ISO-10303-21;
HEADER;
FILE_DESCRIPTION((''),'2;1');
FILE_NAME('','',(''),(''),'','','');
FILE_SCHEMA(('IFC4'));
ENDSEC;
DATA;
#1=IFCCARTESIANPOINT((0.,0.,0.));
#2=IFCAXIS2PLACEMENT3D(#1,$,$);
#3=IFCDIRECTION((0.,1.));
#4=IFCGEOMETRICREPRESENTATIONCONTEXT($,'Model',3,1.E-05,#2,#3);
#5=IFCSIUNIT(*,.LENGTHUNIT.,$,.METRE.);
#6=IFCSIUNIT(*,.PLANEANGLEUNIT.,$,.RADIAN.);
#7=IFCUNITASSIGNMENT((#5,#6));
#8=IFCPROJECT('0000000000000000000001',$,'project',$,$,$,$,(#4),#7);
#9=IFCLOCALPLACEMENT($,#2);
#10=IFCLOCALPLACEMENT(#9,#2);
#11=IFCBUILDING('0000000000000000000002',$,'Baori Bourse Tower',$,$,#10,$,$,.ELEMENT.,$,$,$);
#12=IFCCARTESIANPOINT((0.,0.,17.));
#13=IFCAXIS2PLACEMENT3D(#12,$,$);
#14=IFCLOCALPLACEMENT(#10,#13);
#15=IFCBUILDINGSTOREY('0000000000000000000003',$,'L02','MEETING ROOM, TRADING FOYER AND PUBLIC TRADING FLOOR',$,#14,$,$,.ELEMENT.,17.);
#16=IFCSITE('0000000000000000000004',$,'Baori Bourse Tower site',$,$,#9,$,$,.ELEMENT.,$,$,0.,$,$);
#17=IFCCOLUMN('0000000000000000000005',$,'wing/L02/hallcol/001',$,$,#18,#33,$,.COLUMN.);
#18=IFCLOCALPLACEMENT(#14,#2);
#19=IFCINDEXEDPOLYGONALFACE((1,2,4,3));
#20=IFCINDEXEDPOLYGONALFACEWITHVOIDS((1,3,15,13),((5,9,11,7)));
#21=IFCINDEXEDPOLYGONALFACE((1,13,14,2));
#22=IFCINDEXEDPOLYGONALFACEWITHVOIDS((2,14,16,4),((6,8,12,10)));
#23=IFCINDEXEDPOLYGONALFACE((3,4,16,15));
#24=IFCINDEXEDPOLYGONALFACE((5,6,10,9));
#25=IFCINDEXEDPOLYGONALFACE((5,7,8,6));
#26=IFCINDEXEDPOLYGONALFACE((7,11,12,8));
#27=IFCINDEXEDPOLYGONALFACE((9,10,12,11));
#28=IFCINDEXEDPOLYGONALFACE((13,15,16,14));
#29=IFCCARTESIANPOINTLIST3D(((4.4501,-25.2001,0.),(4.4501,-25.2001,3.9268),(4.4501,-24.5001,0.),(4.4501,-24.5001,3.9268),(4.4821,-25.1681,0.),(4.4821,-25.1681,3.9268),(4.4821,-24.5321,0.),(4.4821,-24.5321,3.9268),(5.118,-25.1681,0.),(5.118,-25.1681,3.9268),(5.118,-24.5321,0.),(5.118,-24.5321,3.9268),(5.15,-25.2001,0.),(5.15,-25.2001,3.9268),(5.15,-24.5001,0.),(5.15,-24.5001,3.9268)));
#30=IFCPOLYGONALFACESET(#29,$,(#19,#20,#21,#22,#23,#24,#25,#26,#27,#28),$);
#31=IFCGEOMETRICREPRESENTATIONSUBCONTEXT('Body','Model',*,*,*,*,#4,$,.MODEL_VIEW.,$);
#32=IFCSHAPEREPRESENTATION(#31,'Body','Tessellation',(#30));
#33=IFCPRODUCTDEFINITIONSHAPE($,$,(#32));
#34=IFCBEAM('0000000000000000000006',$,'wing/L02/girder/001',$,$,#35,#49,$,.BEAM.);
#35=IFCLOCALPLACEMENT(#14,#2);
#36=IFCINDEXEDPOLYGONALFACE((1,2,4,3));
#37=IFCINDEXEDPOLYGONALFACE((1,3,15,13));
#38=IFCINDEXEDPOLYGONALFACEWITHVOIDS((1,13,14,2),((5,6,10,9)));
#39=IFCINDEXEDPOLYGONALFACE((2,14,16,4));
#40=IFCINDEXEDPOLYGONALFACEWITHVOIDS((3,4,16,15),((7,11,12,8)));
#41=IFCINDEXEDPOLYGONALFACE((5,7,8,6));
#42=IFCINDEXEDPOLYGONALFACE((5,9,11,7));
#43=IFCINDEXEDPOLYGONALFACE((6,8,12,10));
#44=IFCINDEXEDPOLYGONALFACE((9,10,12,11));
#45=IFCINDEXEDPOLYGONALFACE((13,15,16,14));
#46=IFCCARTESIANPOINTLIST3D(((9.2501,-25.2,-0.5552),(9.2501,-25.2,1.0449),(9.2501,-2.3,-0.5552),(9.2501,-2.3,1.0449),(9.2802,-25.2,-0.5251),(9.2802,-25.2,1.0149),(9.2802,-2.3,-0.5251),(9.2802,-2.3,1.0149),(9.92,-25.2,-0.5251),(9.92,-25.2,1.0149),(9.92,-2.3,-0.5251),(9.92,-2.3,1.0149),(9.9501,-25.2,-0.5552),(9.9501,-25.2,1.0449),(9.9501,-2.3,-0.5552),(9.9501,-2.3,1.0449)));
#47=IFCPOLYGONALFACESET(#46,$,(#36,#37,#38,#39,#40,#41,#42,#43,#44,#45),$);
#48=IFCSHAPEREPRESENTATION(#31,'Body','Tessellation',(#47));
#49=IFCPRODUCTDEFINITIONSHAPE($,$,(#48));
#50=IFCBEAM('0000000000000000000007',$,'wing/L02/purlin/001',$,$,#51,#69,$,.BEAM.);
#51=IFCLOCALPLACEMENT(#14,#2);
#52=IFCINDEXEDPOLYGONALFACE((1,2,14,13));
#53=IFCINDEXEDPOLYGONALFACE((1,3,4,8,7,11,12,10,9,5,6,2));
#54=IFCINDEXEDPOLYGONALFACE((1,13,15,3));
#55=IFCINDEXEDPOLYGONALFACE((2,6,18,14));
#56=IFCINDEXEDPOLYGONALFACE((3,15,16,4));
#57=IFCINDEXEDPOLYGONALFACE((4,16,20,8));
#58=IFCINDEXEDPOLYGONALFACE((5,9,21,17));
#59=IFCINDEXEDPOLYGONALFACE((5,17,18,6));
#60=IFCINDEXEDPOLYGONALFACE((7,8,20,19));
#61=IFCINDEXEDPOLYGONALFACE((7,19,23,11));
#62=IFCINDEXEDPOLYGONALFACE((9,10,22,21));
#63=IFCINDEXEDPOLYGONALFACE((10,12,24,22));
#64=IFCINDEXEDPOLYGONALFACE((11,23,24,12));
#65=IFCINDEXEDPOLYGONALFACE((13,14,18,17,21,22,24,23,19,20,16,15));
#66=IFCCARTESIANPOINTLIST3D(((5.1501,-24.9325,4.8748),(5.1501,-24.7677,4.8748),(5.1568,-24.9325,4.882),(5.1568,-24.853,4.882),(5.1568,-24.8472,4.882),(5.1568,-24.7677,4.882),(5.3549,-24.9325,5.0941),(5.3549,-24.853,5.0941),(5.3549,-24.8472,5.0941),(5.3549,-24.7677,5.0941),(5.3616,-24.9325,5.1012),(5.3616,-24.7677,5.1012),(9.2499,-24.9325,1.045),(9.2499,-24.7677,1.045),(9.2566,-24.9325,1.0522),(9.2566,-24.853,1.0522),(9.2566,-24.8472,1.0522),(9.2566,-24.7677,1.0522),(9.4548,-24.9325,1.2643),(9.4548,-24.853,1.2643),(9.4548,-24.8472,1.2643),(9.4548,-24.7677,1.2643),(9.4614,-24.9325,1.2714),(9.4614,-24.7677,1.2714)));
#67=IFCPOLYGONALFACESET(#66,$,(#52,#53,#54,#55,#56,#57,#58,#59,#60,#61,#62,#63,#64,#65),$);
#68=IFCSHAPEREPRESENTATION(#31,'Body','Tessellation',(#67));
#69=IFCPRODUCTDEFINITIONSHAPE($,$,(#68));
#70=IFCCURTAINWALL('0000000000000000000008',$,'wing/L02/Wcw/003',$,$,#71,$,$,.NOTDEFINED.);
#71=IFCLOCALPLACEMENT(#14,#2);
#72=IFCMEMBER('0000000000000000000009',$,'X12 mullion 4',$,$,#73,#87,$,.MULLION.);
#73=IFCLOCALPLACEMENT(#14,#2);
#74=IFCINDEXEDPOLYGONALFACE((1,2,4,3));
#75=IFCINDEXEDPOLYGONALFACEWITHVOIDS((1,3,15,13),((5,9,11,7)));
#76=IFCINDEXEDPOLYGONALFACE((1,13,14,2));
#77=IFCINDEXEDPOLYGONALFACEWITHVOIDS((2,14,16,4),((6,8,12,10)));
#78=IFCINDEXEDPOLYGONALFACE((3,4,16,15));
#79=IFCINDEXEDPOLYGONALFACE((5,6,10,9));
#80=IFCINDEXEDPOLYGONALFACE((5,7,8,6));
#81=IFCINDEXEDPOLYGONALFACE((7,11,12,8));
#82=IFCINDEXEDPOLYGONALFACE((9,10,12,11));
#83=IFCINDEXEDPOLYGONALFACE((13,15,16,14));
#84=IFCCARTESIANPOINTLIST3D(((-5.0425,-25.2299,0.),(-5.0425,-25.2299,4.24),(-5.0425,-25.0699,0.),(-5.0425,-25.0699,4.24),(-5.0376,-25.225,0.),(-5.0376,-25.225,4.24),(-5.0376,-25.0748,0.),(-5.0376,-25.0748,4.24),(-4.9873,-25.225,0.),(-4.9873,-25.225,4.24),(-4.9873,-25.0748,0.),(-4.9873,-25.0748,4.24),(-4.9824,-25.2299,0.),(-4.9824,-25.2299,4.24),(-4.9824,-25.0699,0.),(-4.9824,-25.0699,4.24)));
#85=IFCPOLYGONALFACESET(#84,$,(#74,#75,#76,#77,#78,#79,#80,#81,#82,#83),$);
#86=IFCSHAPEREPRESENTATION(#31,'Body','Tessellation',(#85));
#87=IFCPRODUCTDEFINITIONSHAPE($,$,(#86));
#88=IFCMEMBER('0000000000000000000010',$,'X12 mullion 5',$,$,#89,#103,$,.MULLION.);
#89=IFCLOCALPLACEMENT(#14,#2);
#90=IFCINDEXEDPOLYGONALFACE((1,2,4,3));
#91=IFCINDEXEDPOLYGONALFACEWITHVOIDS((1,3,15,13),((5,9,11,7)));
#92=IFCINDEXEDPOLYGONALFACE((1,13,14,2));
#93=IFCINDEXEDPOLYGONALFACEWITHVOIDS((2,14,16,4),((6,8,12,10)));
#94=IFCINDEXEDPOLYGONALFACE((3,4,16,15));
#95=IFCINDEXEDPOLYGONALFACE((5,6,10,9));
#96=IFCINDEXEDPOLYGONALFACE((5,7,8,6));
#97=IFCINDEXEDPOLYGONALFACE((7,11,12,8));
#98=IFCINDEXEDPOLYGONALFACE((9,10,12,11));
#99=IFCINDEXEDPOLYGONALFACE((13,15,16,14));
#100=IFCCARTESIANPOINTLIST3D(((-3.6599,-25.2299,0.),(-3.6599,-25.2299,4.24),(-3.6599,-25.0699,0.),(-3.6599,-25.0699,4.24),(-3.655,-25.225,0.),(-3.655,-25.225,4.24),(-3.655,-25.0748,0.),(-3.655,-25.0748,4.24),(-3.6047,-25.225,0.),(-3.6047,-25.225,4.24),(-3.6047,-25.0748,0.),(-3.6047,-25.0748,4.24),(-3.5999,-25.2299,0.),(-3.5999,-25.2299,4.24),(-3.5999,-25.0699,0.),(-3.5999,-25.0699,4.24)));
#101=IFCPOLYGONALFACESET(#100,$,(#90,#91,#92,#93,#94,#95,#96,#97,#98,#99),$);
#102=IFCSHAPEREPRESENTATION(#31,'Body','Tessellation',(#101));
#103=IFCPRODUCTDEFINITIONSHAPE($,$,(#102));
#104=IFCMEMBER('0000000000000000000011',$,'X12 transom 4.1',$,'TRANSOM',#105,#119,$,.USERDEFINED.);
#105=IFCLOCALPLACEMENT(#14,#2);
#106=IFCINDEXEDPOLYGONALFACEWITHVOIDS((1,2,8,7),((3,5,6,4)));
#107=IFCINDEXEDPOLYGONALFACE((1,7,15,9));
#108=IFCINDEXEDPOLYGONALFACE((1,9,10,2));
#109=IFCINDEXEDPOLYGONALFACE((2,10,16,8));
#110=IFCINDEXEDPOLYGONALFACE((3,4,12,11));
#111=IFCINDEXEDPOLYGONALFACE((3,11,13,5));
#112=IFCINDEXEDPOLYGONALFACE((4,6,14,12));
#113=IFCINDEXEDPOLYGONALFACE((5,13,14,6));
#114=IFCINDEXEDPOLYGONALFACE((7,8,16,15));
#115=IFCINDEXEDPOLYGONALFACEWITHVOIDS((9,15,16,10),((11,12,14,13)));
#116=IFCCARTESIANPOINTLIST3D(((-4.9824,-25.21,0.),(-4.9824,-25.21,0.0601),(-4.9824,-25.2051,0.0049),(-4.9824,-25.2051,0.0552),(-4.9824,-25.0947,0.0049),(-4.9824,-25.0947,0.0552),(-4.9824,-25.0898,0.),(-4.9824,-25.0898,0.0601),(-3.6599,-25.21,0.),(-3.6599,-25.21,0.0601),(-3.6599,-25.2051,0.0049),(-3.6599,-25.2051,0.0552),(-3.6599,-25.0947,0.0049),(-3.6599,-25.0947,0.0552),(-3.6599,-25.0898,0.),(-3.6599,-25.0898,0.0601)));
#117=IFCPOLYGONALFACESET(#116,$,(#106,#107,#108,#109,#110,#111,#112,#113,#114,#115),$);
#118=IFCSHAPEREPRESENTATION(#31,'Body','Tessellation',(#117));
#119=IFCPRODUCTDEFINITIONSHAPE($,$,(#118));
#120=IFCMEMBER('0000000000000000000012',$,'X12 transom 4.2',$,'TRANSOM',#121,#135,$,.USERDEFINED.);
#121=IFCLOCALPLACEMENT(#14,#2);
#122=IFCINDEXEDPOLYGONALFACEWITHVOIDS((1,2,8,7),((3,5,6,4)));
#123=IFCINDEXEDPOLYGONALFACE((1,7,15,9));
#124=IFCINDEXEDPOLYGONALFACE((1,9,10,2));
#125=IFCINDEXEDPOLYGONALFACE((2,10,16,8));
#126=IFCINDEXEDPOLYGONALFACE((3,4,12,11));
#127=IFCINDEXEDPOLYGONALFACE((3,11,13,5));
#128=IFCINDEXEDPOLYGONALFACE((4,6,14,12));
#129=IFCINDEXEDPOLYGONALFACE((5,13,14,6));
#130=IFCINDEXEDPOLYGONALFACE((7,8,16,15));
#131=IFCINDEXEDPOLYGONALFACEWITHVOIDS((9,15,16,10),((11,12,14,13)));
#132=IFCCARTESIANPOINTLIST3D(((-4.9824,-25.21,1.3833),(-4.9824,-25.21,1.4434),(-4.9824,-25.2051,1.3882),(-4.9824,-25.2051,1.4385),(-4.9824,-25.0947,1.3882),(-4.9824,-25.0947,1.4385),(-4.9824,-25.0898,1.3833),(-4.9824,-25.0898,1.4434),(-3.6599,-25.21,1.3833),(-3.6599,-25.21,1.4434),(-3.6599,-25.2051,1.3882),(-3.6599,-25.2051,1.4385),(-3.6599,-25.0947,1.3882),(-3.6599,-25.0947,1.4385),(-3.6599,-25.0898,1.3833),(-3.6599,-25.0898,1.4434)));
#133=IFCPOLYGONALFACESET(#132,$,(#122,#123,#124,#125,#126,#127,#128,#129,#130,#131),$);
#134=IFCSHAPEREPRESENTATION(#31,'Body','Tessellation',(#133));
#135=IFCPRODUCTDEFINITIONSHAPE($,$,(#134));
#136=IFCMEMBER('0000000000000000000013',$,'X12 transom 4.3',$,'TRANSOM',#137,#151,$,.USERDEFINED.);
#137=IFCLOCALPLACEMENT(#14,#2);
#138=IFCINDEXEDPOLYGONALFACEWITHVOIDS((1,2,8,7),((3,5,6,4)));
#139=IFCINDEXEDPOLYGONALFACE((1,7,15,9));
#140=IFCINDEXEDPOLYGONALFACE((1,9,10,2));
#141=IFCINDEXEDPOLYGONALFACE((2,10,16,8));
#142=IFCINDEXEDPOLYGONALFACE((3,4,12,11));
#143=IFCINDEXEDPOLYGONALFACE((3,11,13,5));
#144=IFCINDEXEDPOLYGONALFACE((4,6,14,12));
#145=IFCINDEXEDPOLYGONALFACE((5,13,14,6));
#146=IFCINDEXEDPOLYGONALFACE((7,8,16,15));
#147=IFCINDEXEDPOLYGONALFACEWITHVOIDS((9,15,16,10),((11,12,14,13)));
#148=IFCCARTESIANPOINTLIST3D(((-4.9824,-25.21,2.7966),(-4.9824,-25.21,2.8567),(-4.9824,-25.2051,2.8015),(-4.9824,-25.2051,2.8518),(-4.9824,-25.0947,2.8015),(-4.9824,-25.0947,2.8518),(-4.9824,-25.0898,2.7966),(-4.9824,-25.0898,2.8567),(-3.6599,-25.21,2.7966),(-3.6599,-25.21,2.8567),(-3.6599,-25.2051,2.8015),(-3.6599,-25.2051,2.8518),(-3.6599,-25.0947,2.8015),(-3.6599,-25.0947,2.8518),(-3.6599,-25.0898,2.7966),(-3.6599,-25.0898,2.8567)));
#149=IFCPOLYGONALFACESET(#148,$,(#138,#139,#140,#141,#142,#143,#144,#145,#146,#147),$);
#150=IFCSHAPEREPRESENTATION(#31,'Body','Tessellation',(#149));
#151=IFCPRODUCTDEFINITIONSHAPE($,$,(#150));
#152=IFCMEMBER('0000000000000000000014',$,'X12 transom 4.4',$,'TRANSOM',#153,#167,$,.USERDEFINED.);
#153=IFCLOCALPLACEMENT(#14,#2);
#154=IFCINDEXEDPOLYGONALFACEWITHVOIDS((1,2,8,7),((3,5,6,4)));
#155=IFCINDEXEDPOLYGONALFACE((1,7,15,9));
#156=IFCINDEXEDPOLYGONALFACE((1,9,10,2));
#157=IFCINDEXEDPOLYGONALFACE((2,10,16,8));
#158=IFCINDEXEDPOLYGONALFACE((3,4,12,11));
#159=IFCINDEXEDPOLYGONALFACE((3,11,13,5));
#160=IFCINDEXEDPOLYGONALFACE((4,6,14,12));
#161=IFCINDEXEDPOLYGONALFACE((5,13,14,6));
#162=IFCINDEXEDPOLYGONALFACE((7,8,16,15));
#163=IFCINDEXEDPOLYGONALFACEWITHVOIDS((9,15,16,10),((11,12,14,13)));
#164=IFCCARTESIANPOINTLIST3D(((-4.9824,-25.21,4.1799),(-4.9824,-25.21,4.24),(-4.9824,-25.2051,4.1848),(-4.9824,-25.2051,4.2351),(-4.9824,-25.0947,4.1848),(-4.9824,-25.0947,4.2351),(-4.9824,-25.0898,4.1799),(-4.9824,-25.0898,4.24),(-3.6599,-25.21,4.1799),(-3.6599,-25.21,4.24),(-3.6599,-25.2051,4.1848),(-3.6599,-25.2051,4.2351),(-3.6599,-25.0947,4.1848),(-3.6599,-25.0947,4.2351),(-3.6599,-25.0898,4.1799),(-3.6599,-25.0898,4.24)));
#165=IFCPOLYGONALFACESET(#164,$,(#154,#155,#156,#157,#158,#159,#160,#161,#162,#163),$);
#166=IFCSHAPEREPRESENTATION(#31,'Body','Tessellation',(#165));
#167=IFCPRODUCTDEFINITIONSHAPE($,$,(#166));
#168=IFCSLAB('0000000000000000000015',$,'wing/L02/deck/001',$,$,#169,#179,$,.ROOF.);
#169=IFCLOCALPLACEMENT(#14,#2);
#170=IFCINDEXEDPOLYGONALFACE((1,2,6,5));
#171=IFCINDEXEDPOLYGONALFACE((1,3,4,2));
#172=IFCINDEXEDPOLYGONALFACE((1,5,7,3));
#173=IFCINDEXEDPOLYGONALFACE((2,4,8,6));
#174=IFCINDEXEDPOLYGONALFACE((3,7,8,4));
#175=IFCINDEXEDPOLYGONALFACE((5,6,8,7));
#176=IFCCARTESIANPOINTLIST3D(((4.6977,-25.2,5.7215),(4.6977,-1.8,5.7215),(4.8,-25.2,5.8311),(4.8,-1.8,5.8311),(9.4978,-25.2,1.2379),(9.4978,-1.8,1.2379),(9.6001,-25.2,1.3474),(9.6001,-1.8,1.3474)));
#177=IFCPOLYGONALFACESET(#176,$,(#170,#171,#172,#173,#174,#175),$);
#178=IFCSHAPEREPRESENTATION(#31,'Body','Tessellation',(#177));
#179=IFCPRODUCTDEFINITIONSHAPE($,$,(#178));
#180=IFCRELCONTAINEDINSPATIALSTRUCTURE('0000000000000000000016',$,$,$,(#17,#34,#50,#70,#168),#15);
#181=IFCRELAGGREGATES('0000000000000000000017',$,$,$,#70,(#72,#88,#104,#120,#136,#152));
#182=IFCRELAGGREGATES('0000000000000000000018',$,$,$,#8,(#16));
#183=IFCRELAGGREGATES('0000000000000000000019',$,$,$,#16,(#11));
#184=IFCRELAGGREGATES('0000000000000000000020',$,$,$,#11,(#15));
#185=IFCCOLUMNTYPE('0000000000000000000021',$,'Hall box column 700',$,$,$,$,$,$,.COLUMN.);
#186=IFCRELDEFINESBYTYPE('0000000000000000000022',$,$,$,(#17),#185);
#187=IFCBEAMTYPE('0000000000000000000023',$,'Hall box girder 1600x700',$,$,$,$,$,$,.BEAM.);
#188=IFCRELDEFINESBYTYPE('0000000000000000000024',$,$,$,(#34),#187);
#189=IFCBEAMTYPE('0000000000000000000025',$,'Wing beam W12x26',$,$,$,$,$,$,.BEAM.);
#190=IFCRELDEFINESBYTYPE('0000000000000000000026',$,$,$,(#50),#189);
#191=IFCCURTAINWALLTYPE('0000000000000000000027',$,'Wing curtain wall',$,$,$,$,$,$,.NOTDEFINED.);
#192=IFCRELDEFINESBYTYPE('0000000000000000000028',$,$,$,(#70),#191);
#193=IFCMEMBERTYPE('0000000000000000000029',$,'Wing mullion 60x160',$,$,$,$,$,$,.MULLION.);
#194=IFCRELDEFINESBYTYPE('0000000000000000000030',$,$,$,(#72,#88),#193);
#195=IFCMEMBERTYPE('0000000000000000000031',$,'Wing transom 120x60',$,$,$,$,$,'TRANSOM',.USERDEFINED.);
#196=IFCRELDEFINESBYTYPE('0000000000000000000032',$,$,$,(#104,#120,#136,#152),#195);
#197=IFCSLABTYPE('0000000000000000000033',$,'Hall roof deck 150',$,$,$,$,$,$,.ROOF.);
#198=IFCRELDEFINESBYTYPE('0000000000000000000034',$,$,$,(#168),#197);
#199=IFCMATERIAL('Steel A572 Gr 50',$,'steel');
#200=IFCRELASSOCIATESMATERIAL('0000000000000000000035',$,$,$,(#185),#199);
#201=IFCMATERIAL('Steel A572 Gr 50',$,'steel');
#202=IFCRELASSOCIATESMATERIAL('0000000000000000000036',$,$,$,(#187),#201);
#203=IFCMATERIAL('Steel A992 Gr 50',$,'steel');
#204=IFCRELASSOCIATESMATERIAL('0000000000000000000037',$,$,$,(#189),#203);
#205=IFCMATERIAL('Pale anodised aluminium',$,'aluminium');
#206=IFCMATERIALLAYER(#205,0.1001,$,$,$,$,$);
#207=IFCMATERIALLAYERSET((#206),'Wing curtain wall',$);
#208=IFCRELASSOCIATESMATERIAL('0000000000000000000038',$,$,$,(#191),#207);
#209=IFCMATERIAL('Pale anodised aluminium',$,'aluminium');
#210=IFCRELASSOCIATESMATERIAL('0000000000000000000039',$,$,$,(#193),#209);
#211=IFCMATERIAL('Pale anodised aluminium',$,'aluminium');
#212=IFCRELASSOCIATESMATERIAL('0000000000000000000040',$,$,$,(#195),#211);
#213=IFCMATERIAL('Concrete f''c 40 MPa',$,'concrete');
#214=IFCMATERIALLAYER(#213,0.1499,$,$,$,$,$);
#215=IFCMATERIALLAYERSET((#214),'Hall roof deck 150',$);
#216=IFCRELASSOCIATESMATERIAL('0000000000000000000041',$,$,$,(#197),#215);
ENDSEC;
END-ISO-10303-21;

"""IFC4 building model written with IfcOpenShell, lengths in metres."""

from ifc_helpers import new_model, si_unit, direction, frame, origin, origin_2d, place, context, subcontext, project, spatial, polyline, hollow_rectangle, i_section, outline, extrude, material, layer, layer_set, material_profile, profile_set, type_object, element, aggregate, save


model = new_model("IFC4")

# Units and contexts
model_context = context("Model", 3, precision=1e-05, world=origin(), true_north=direction((0.0, 1.0)))
body_context = subcontext(model_context, "Body", "Model", "MODEL_VIEW")
ifc_project = project(units=[si_unit("LENGTHUNIT", "METRE"), si_unit("PLANEANGLEUNIT", "RADIAN")], contexts=[model_context])

# Site, building, storey
site_placement = place(None, origin())
site = spatial("IfcSite", under=ifc_project, at=site_placement, Name="Baori Bourse Tower site", CompositionType="ELEMENT", RefElevation=0.0)
building_placement = place(site_placement, origin())
building = spatial("IfcBuilding", under=site, at=building_placement, Name="Baori Bourse Tower", CompositionType="ELEMENT")
storey_placement = place(building_placement, frame((0.0, 0.0, 17.0)))
storey = spatial("IfcBuildingStorey", under=building, at=storey_placement, Name="L02", Description="MEETING ROOM, TRADING FOYER AND PUBLIC TRADING FLOOR", CompositionType="ELEMENT", Elevation=17.0)

# Column
ifc_material_1 = material(Name="Steel A572 Gr 50", Category="steel")
ifc_material_profile_1 = material_profile(ifc_material_1, hollow_rectangle(XDim=0.7, YDim=0.7, WallThickness=0.032, at=origin_2d()), Name="BOX 700x700x32")
ifc_profile_set_1 = profile_set([ifc_material_profile_1], Name="Steel A572 Gr 50")
column_type = type_object("IfcColumnType", Name="Hall box column 700", PredefinedType="COLUMN", material=ifc_profile_set_1)
column_placement = place(storey_placement, frame((4.8, -24.8501, 0.0), z_axis=(0.0, 0.0, 1.0), x_axis=(1.0, 0.0, 0.0)))
element("IfcColumn", 1, at=column_placement, inside=storey, type_object=column_type, Name="wing/L02/hallcol/001", PredefinedType="COLUMN", context=body_context, shape_type="SweptSolid", body=[
    extrude(hollow_rectangle(XDim=0.7, YDim=0.7, WallThickness=0.032, at=origin_2d()), origin(), (0.0, 0.0, 1.0), 3.9268),
])

# Beams
ifc_material_2 = material(Name="Steel A572 Gr 50", Category="steel")
ifc_material_profile_2 = material_profile(ifc_material_2, hollow_rectangle(XDim=0.7, YDim=1.6001, WallThickness=0.03, at=origin_2d()), Name="BOX 1600x700x30")
ifc_profile_set_2 = profile_set([ifc_material_profile_2], Name="Steel A572 Gr 50")
beam_type_1 = type_object("IfcBeamType", Name="Hall box girder 1600x700", PredefinedType="BEAM", material=ifc_profile_set_2)
beam_1_placement = place(storey_placement, frame((9.6001, -25.2, 0.2449), z_axis=(0.0, 1.0, 0.0), x_axis=(-1.0, 0.0, 0.0)))
element("IfcBeam", 2, at=beam_1_placement, inside=storey, type_object=beam_type_1, Name="wing/L02/girder/001", PredefinedType="BEAM", context=body_context, shape_type="SweptSolid", body=[
    extrude(hollow_rectangle(XDim=0.7, YDim=1.6001, WallThickness=0.03, at=origin_2d()), origin(), (0.0, 0.0, 1.0), 22.8999),
])
ifc_material_3 = material(Name="Steel A992 Gr 50", Category="steel")
ifc_material_profile_3 = material_profile(ifc_material_3, i_section(OverallWidth=0.1648, OverallDepth=0.3098, WebThickness=0.0059, FlangeThickness=0.0098, at=origin_2d()), Name="W12x26")
ifc_profile_set_3 = profile_set([ifc_material_profile_3], Name="Steel A992 Gr 50")
beam_type_2 = type_object("IfcBeamType", Name="Wing beam W12x26", PredefinedType="BEAM", material=ifc_profile_set_3)
beam_2_placement = place(storey_placement, frame((5.2559, -24.8501, 4.988), z_axis=(0.730761, 0.0, -0.682633), x_axis=(0.0, 1.0, 0.0)))
element("IfcBeam", 3, at=beam_2_placement, inside=storey, type_object=beam_type_2, Name="wing/L02/purlin/001", PredefinedType="BEAM", context=body_context, shape_type="SweptSolid", body=[
    extrude(i_section(OverallWidth=0.1648, OverallDepth=0.3098, WebThickness=0.0059, FlangeThickness=0.0098, at=origin_2d()), origin(), (0.0, 0.0, 1.0), 5.6104),
])

# Curtain wall, members
ifc_material_4 = material(Name="Pale anodised aluminium", Category="aluminium")
ifc_layer_1 = layer(ifc_material_4, 0.1001)
ifc_layer_set_1 = layer_set([ifc_layer_1], Name="Wing curtain wall")
curtain_wall_type = type_object("IfcCurtainWallType", Name="Wing curtain wall", PredefinedType="NOTDEFINED", material=ifc_layer_set_1)
curtain_wall_placement = place(storey_placement, origin())
curtain_wall = element("IfcCurtainWall", 4, at=curtain_wall_placement, inside=storey, type_object=curtain_wall_type, Name="wing/L02/Wcw/003", PredefinedType="NOTDEFINED")
ifc_material_5 = material(Name="Pale anodised aluminium", Category="aluminium")
ifc_material_profile_4 = material_profile(ifc_material_5, hollow_rectangle(XDim=0.1599, YDim=0.0601, WallThickness=0.0049, at=origin_2d()), Name="Mullion 160x60x5")
ifc_profile_set_4 = profile_set([ifc_material_profile_4], Name="Pale anodised aluminium")
member_type_1 = type_object("IfcMemberType", Name="Wing mullion 60x160", PredefinedType="MULLION", material=ifc_profile_set_4)
member_1_placement = place(storey_placement, frame((-5.0125, -25.1499, 0.0), z_axis=(0.0, 0.0, 1.0), x_axis=(0.0, 1.0, 0.0)))
member_1 = element("IfcMember", 5, at=member_1_placement, type_object=member_type_1, Name="X12 mullion 4", PredefinedType="MULLION", context=body_context, shape_type="SweptSolid", body=[
    extrude(hollow_rectangle(XDim=0.1599, YDim=0.0601, WallThickness=0.0049, at=origin_2d()), origin(), (0.0, 0.0, 1.0), 4.24),
])
member_2_placement = place(storey_placement, frame((-3.6299, -25.1499, 0.0), z_axis=(0.0, 0.0, 1.0), x_axis=(0.0, 1.0, 0.0)))
member_2 = element("IfcMember", 6, at=member_2_placement, type_object=member_type_1, Name="X12 mullion 5", PredefinedType="MULLION", context=body_context, shape_type="SweptSolid", body=[
    extrude(hollow_rectangle(XDim=0.1599, YDim=0.0601, WallThickness=0.0049, at=origin_2d()), origin(), (0.0, 0.0, 1.0), 4.24),
])
ifc_material_6 = material(Name="Pale anodised aluminium", Category="aluminium")
ifc_material_profile_5 = material_profile(ifc_material_6, hollow_rectangle(XDim=0.1201, YDim=0.0601, WallThickness=0.0049, at=origin_2d()), Name="Transom 120x60x5")
ifc_profile_set_5 = profile_set([ifc_material_profile_5], Name="Pale anodised aluminium")
member_type_2 = type_object("IfcMemberType", Name="Wing transom 120x60", ElementType="TRANSOM", PredefinedType="USERDEFINED", material=ifc_profile_set_5)
member_3_placement = place(storey_placement, frame((-4.9824, -25.1499, 0.03), z_axis=(1.0, 0.0, 0.0), x_axis=(0.0, 1.0, 0.0)))
member_3 = element("IfcMember", 7, at=member_3_placement, type_object=member_type_2, Name="X12 transom 4.1", ObjectType="TRANSOM", PredefinedType="USERDEFINED", context=body_context, shape_type="SweptSolid", body=[
    extrude(hollow_rectangle(XDim=0.1201, YDim=0.0601, WallThickness=0.0049, at=origin_2d()), origin(), (0.0, 0.0, 1.0), 1.3225),
])
member_4_placement = place(storey_placement, frame((-4.9824, -25.1499, 1.4133), z_axis=(1.0, 0.0, 0.0), x_axis=(0.0, 1.0, 0.0)))
member_4 = element("IfcMember", 8, at=member_4_placement, type_object=member_type_2, Name="X12 transom 4.2", ObjectType="TRANSOM", PredefinedType="USERDEFINED", context=body_context, shape_type="SweptSolid", body=[
    extrude(hollow_rectangle(XDim=0.1201, YDim=0.0601, WallThickness=0.0049, at=origin_2d()), origin(), (0.0, 0.0, 1.0), 1.3225),
])
member_5_placement = place(storey_placement, frame((-4.9824, -25.1499, 2.8267), z_axis=(1.0, 0.0, 0.0), x_axis=(0.0, 1.0, 0.0)))
member_5 = element("IfcMember", 9, at=member_5_placement, type_object=member_type_2, Name="X12 transom 4.3", ObjectType="TRANSOM", PredefinedType="USERDEFINED", context=body_context, shape_type="SweptSolid", body=[
    extrude(hollow_rectangle(XDim=0.1201, YDim=0.0601, WallThickness=0.0049, at=origin_2d()), origin(), (0.0, 0.0, 1.0), 1.3225),
])
member_6_placement = place(storey_placement, frame((-4.9824, -25.1499, 4.21), z_axis=(1.0, 0.0, 0.0), x_axis=(0.0, 1.0, 0.0)))
member_6 = element("IfcMember", 10, at=member_6_placement, type_object=member_type_2, Name="X12 transom 4.4", ObjectType="TRANSOM", PredefinedType="USERDEFINED", context=body_context, shape_type="SweptSolid", body=[
    extrude(hollow_rectangle(XDim=0.1201, YDim=0.0601, WallThickness=0.0049, at=origin_2d()), origin(), (0.0, 0.0, 1.0), 1.3225),
])

# Slab
ifc_material_7 = material(Name="Concrete f'c 40 MPa", Category="concrete")
ifc_layer_2 = layer(ifc_material_7, 0.1499)
ifc_layer_set_2 = layer_set([ifc_layer_2], Name="Hall roof deck 150")
slab_type = type_object("IfcSlabType", Name="Hall roof deck 150", PredefinedType="ROOF", material=ifc_layer_set_2)
slab_placement = place(storey_placement, frame((4.8, -25.2, 5.8311), z_axis=(0.682611, 0.0, 0.730782), x_axis=(0.730782, 0.0, -0.682611)))
element("IfcSlab", 11, at=slab_placement, inside=storey, type_object=slab_type, Name="wing/L02/deck/001", PredefinedType="ROOF", context=body_context, shape_type="SweptSolid", body=[
    extrude(outline(polyline([(0.0, 0.0), (6.5684, 0.0), (6.5684, 23.3999), (0.0, 23.3999), (0.0, 0.0)])), origin(), (0.0, 0.0, -1.0), 0.1499),
])

aggregate(curtain_wall, [member_1, member_2, member_3, member_4, member_5, member_6])

save(model, "model.ifc")
